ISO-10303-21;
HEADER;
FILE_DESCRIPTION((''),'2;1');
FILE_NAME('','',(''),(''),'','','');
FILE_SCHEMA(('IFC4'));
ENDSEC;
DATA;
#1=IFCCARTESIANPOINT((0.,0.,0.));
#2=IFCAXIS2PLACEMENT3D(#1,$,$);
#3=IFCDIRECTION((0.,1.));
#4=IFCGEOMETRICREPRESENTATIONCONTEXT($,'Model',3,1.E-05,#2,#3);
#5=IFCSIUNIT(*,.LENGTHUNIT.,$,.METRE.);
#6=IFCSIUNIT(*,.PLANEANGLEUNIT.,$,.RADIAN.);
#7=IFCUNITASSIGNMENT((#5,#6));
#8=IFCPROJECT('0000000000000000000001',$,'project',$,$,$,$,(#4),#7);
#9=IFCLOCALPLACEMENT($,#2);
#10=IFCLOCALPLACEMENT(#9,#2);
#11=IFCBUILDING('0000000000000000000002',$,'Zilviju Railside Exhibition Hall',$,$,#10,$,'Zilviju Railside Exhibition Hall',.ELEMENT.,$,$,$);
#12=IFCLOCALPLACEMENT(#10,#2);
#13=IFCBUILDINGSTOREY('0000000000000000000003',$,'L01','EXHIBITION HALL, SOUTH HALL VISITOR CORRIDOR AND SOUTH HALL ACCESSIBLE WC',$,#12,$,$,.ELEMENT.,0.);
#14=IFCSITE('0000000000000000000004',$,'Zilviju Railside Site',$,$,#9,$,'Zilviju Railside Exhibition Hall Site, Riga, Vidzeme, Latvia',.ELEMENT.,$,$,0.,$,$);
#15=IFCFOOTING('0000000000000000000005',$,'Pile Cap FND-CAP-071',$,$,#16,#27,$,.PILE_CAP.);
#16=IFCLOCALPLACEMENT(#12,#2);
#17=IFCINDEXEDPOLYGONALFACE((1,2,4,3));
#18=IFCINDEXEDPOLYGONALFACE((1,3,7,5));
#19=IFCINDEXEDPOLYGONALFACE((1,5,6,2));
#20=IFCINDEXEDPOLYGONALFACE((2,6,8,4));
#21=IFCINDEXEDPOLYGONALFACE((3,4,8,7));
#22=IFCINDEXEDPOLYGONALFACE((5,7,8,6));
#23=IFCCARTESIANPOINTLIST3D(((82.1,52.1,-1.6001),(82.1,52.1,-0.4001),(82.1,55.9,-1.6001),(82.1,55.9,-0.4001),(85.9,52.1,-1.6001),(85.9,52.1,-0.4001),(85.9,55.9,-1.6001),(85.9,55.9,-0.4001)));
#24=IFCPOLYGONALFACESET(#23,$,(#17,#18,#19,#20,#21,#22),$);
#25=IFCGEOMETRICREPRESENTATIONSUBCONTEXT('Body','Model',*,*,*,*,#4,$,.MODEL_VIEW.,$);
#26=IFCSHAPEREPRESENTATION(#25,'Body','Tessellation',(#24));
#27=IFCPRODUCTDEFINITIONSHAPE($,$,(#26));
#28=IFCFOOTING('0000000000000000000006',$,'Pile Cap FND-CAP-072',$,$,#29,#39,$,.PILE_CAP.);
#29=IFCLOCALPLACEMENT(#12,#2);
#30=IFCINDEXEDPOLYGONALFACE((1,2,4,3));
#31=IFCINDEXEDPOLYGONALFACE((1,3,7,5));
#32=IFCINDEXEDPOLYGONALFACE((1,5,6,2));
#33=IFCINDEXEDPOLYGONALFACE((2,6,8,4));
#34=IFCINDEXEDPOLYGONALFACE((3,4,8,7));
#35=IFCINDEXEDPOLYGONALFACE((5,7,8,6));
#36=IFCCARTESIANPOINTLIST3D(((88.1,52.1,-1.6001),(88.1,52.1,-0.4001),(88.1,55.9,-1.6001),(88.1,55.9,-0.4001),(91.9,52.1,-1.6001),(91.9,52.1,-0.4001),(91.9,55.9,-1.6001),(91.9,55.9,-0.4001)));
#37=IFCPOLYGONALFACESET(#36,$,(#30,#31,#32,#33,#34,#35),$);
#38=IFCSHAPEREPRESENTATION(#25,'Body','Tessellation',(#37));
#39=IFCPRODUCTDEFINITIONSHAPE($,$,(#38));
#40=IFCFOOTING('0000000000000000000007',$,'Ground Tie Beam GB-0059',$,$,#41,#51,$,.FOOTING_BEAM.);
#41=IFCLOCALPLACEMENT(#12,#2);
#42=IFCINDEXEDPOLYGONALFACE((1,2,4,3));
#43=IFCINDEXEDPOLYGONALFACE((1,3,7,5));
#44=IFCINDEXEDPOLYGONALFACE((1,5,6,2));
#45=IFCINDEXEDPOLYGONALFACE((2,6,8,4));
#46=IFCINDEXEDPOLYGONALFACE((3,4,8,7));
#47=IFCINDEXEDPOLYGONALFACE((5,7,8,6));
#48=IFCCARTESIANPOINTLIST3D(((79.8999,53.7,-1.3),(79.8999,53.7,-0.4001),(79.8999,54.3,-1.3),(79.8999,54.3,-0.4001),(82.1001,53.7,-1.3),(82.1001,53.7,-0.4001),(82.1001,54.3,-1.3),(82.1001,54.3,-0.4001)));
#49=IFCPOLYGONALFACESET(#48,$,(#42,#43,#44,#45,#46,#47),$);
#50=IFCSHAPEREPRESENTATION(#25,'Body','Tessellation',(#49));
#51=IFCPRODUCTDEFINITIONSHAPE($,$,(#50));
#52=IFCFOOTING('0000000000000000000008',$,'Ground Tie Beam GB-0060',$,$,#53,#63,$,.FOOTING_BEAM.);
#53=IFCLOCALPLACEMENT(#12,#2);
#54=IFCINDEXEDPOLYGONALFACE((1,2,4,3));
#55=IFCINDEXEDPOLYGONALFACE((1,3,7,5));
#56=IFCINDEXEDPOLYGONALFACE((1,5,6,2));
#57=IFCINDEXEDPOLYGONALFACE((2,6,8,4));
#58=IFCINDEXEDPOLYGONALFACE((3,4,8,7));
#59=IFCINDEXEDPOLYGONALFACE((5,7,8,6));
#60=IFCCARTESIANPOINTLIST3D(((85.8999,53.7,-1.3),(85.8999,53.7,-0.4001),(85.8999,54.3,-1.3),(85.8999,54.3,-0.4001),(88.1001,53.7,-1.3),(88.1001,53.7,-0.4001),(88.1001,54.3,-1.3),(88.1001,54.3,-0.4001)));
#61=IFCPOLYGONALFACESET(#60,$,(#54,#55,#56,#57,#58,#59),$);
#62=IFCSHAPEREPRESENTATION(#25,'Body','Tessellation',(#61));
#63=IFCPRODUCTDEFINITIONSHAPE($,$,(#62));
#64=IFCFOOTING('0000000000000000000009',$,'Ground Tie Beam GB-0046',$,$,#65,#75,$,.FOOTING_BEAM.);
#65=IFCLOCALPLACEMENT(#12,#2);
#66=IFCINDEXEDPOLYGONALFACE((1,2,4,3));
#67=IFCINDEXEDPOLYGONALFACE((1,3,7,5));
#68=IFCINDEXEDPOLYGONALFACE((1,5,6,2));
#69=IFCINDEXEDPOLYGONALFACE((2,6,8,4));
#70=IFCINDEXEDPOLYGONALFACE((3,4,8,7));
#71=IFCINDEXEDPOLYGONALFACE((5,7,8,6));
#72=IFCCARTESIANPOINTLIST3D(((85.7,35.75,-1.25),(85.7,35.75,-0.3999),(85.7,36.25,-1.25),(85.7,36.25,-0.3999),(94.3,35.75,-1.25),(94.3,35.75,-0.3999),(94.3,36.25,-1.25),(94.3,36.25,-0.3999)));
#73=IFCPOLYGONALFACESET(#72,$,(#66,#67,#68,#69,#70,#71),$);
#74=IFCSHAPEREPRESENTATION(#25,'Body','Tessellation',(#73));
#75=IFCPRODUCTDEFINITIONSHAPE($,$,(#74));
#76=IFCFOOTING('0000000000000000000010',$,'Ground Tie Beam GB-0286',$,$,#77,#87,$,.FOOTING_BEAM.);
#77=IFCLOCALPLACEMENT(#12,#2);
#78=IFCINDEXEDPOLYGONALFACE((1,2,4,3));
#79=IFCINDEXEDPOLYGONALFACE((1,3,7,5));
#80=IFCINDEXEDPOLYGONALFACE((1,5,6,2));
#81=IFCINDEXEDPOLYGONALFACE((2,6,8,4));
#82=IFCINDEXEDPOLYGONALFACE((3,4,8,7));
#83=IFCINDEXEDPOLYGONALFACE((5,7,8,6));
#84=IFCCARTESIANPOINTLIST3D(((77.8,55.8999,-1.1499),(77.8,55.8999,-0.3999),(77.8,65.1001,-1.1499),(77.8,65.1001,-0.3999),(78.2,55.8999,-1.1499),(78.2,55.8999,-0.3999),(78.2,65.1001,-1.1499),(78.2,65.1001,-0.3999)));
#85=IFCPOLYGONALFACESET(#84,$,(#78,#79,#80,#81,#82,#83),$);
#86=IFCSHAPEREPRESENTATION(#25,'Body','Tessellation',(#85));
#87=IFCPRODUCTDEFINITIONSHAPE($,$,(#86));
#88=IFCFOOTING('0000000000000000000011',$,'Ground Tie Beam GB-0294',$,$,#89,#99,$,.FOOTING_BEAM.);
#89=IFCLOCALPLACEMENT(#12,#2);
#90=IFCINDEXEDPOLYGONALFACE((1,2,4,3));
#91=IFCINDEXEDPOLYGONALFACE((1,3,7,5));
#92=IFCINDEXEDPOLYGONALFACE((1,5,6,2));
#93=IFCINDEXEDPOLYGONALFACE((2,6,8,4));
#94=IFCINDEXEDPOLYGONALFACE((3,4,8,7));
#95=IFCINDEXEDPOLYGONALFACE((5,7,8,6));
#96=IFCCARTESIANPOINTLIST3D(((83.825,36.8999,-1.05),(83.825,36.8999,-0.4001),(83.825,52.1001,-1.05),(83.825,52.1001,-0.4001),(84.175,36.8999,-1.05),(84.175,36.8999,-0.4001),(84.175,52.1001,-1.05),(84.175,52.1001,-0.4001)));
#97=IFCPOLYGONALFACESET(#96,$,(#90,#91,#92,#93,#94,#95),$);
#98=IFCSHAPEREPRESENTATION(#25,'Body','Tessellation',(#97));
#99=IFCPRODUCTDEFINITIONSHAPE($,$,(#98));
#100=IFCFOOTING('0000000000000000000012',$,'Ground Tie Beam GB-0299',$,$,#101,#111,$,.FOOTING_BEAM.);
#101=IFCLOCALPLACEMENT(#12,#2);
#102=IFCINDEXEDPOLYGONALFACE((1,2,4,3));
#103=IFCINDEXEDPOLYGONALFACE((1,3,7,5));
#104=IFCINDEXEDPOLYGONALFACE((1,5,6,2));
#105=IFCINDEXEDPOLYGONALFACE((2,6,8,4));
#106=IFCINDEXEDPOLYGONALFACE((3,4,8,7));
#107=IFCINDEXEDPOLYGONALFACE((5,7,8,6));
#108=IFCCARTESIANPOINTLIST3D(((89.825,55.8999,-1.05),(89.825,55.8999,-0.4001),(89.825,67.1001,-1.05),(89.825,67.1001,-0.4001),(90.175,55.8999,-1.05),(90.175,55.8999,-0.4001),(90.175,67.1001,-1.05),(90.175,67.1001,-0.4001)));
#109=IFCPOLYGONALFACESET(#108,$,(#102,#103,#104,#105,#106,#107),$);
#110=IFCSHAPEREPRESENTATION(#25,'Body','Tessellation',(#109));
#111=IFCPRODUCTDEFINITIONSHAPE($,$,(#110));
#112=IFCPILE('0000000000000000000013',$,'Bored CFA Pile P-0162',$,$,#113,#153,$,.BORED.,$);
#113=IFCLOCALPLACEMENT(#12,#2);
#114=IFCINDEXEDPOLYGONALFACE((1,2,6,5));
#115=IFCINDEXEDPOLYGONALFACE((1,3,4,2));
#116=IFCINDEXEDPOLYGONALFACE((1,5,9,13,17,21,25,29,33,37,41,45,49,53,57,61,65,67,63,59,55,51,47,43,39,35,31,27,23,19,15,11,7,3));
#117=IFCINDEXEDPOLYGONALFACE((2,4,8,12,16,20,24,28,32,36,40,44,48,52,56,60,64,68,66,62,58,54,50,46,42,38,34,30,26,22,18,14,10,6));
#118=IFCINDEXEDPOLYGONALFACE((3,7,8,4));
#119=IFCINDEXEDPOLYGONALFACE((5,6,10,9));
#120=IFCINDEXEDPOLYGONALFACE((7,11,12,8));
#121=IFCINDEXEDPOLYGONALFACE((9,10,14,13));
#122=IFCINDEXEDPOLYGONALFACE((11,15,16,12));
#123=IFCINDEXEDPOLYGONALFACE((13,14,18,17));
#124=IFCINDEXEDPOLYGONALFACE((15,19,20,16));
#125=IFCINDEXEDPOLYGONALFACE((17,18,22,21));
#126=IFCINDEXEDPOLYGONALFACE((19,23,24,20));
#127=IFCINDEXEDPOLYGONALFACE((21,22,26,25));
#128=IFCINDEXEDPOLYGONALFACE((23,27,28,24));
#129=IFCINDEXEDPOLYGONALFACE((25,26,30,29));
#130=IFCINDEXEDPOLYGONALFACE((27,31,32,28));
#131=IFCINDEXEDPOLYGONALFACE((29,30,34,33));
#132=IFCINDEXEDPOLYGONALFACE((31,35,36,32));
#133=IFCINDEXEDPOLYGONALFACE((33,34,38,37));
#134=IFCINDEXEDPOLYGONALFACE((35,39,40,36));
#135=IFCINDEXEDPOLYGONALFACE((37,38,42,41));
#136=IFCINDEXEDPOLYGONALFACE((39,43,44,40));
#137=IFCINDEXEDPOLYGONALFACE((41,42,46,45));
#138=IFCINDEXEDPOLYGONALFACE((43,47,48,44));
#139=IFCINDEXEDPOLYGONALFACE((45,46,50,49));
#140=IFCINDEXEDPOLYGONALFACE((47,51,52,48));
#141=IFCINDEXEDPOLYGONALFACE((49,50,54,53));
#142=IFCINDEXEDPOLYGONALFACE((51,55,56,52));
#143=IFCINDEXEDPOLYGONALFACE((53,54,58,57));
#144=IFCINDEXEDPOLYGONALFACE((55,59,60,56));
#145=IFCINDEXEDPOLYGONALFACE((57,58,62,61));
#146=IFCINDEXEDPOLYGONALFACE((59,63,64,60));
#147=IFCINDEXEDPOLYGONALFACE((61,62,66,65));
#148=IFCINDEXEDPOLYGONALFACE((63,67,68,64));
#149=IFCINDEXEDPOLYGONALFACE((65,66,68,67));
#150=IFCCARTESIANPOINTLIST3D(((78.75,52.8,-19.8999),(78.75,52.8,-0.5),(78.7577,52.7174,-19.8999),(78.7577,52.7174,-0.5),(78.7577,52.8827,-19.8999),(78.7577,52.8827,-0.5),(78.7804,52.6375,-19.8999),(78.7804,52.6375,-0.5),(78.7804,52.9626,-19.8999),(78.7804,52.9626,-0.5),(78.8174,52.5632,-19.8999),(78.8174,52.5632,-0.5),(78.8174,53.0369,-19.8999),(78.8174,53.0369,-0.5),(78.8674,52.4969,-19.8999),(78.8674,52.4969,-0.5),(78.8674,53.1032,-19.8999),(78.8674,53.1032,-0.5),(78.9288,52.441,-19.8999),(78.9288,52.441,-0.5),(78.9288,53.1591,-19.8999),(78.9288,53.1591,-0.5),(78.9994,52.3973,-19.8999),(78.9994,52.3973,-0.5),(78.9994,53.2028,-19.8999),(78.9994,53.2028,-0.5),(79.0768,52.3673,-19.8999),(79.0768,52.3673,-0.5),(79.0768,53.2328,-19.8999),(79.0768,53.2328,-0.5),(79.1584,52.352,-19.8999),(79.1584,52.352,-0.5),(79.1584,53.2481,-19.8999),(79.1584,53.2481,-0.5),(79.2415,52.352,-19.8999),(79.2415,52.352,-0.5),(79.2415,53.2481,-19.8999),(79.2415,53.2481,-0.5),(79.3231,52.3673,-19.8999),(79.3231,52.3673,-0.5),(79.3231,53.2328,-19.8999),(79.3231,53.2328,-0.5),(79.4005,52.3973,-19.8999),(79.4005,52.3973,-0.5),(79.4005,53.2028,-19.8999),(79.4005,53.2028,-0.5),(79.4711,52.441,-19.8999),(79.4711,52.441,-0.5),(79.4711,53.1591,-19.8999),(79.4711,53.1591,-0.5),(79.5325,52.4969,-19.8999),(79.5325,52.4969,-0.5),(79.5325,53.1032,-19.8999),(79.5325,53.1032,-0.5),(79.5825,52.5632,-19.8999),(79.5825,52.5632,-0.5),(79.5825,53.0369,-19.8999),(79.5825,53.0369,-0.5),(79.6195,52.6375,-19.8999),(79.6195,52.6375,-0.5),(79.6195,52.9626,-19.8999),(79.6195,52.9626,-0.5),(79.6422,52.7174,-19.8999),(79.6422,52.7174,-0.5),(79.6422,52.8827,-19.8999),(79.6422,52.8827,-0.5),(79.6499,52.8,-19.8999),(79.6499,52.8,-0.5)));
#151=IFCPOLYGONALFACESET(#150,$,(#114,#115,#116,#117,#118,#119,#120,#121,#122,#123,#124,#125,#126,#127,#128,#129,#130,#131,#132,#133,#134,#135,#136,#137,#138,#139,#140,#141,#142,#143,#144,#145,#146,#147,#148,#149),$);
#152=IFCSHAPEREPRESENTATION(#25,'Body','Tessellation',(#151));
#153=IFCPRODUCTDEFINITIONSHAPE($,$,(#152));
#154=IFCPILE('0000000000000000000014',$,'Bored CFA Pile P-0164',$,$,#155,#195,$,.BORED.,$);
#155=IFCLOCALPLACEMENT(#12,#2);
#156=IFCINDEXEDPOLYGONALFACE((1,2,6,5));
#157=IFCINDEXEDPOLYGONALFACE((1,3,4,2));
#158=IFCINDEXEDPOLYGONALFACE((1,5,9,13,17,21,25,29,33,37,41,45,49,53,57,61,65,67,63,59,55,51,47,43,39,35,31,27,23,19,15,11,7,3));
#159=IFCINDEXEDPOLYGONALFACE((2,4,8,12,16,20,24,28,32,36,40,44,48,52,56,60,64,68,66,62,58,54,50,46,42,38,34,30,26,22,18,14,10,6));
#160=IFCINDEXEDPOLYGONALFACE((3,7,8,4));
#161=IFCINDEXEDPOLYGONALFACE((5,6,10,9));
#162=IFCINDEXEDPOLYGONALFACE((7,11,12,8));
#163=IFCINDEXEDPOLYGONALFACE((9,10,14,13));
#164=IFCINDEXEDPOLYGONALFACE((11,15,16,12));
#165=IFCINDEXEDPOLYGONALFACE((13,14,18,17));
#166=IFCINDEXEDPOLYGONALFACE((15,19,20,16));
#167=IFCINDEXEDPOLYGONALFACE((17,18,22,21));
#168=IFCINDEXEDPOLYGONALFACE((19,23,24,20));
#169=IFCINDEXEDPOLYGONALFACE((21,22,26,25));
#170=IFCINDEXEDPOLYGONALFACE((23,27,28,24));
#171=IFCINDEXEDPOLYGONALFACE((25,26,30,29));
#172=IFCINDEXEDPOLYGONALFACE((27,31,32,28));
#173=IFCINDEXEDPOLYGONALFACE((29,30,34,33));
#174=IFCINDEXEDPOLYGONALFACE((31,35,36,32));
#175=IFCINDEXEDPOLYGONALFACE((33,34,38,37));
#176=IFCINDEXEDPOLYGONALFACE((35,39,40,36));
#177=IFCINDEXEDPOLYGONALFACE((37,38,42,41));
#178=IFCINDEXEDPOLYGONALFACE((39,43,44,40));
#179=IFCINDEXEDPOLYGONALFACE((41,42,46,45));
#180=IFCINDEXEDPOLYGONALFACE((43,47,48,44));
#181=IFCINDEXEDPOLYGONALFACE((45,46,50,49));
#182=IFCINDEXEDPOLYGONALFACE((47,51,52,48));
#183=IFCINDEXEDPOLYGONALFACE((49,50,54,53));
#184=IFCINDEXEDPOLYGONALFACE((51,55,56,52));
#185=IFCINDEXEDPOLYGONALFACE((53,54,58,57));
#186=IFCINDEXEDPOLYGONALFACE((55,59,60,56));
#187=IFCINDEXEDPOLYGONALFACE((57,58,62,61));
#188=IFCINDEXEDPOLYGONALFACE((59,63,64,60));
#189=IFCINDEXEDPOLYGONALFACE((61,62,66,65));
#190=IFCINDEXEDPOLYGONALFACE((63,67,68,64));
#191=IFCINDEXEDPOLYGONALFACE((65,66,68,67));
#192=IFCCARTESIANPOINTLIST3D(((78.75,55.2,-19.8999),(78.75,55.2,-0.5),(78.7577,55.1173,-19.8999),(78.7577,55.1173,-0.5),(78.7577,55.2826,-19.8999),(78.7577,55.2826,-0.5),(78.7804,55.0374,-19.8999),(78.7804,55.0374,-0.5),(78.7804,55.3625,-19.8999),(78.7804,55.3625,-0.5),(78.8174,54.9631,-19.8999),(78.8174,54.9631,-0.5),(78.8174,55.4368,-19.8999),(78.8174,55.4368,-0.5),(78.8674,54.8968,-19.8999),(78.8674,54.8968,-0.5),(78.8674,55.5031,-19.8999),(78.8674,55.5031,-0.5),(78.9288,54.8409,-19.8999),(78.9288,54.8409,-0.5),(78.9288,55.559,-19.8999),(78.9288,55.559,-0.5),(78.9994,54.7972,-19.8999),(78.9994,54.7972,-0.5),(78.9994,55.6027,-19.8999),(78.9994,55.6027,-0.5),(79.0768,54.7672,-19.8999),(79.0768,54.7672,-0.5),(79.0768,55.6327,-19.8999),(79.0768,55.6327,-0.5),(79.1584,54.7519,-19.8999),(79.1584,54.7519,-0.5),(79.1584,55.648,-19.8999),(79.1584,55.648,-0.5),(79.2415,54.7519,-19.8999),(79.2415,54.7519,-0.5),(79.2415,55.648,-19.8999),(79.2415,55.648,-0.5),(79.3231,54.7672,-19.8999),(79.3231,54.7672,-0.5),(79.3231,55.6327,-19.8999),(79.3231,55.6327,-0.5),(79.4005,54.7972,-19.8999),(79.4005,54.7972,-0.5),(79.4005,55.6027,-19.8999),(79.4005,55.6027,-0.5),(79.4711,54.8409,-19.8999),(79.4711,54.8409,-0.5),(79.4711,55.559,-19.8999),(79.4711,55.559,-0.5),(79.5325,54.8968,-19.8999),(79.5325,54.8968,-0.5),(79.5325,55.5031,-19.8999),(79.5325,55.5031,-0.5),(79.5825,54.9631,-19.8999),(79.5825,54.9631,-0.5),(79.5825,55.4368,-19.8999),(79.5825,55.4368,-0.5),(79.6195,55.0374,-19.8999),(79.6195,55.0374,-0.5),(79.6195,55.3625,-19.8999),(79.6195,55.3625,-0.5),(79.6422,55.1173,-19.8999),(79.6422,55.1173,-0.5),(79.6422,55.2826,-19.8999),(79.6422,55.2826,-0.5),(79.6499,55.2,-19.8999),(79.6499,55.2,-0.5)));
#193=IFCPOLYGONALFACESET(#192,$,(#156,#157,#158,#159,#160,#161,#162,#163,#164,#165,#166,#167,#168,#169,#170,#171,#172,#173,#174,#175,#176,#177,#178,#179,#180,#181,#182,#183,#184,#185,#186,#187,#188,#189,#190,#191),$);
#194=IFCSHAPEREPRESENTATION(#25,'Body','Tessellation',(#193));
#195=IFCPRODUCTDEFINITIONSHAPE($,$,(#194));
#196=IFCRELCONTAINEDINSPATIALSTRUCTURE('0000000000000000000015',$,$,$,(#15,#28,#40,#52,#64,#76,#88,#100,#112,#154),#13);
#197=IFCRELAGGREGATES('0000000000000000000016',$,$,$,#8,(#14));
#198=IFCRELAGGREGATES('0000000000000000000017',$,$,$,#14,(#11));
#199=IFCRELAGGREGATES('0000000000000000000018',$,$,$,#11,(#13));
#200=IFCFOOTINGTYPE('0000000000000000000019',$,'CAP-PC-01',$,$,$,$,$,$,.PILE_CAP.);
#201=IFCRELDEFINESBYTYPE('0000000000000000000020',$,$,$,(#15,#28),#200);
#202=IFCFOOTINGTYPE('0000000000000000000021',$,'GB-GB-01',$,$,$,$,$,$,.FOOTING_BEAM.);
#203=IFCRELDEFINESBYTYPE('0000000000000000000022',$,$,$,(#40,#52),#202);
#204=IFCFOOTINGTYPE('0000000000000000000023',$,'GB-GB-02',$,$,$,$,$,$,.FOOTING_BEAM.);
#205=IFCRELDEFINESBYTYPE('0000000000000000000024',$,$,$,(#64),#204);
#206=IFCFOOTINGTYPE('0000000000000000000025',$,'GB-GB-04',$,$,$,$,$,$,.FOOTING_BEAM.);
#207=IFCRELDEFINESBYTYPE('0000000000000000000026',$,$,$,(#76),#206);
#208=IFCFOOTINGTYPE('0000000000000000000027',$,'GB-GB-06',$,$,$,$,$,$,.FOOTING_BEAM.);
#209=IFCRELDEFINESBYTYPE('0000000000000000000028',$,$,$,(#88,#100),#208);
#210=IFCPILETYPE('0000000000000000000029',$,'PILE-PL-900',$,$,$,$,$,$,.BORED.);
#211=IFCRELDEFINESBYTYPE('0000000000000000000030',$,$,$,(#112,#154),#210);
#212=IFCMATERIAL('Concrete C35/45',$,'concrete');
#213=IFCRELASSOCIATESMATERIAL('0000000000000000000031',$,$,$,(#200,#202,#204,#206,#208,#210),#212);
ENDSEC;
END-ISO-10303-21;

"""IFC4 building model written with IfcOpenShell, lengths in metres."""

from ifc_helpers import new_model, si_unit, direction, frame, origin, origin_2d, place, context, subcontext, project, spatial, rectangle, circle, extrude, material, material_profile, profile_set, type_object, element, save


model = new_model("IFC4")

# Units and contexts
model_context = context("Model", 3, precision=1e-05, world=origin(), true_north=direction((0.0, 1.0)))
body_context = subcontext(model_context, "Body", "Model", "MODEL_VIEW")
ifc_project = project(units=[si_unit("LENGTHUNIT", "METRE"), si_unit("PLANEANGLEUNIT", "RADIAN")], contexts=[model_context])

# Site, building, storey
site_placement = place(None, origin())
site = spatial("IfcSite", under=ifc_project, at=site_placement, Name="Zilviju Railside Site", LongName="Zilviju Railside Exhibition Hall Site, Riga, Vidzeme, Latvia", CompositionType="ELEMENT", RefElevation=0.0)
building_placement = place(site_placement, origin())
building = spatial("IfcBuilding", under=site, at=building_placement, Name="Zilviju Railside Exhibition Hall", LongName="Zilviju Railside Exhibition Hall", CompositionType="ELEMENT")
storey_placement = place(building_placement, origin())
storey = spatial("IfcBuildingStorey", under=building, at=storey_placement, Name="L01", Description="EXHIBITION HALL, SOUTH HALL VISITOR CORRIDOR AND SOUTH HALL ACCESSIBLE WC", CompositionType="ELEMENT", Elevation=0.0)

# Footings
ifc_material_1 = material(Name="Concrete C35/45", Category="concrete")
footing_type_1 = type_object("IfcFootingType", Name="CAP-PC-01", PredefinedType="PILE_CAP", material=ifc_material_1)
for number, where, z_axis, x_axis, name in (
    (1, (84.0, 54.0, -1.6001), (0.0, 0.0, 1.0), (1.0, 0.0, 0.0), "Pile Cap FND-CAP-071"),
    (2, (90.0, 54.0, -1.6001), (0.0, 0.0, 1.0), (1.0, 0.0, 0.0), "Pile Cap FND-CAP-072"),
):
    element("IfcFooting", number, at=place(storey_placement, frame(where, z_axis=z_axis, x_axis=x_axis)), inside=storey, type_object=footing_type_1, Name=name, PredefinedType="PILE_CAP", context=body_context, shape_type="SweptSolid", body=[
        extrude(rectangle(XDim=3.8, YDim=3.8, at=origin_2d()), origin(), (0.0, 0.0, 1.0), 1.2),
    ])
ifc_material_profile_1 = material_profile(ifc_material_1, rectangle(XDim=0.6001, YDim=0.8999, at=origin_2d()), Name="TIE BEAM 600x900")
ifc_profile_set_1 = profile_set([ifc_material_profile_1], Name="Concrete C35/45")
footing_type_2 = type_object("IfcFootingType", Name="GB-GB-01", PredefinedType="FOOTING_BEAM", material=ifc_profile_set_1)
for number, where, z_axis, x_axis, name in (
    (3, (79.8999, 54.0, -0.8501), (1.0, 0.0, 0.0), (0.0, 1.0, 0.0), "Ground Tie Beam GB-0059"),
    (4, (85.8999, 54.0, -0.8501), (1.0, 0.0, 0.0), (0.0, 1.0, 0.0), "Ground Tie Beam GB-0060"),
):
    element("IfcFooting", number, at=place(storey_placement, frame(where, z_axis=z_axis, x_axis=x_axis)), inside=storey, type_object=footing_type_2, Name=name, PredefinedType="FOOTING_BEAM", context=body_context, shape_type="SweptSolid", body=[
        extrude(rectangle(XDim=0.6001, YDim=0.8999, at=origin_2d()), origin(), (0.0, 0.0, 1.0), 2.2002),
    ])
ifc_material_profile_2 = material_profile(ifc_material_1, rectangle(XDim=0.5, YDim=0.8501, at=origin_2d()), Name="TIE BEAM 500x850")
ifc_profile_set_2 = profile_set([ifc_material_profile_2], Name="Concrete C35/45")
footing_type_3 = type_object("IfcFootingType", Name="GB-GB-02", PredefinedType="FOOTING_BEAM", material=ifc_profile_set_2)
footing_1_placement = place(storey_placement, frame((85.7, 36.0, -0.825), z_axis=(1.0, 0.0, 0.0), x_axis=(0.0, 1.0, 0.0)))
element("IfcFooting", 5, at=footing_1_placement, inside=storey, type_object=footing_type_3, Name="Ground Tie Beam GB-0046", PredefinedType="FOOTING_BEAM", context=body_context, shape_type="SweptSolid", body=[
    extrude(rectangle(XDim=0.5, YDim=0.8501, at=origin_2d()), origin(), (0.0, 0.0, 1.0), 8.6001),
])
ifc_material_profile_3 = material_profile(ifc_material_1, rectangle(XDim=0.3999, YDim=0.75, at=origin_2d()), Name="TIE BEAM 400x750")
ifc_profile_set_3 = profile_set([ifc_material_profile_3], Name="Concrete C35/45")
footing_type_4 = type_object("IfcFootingType", Name="GB-GB-04", PredefinedType="FOOTING_BEAM", material=ifc_profile_set_3)
footing_2_placement = place(storey_placement, frame((78.0, 55.8999, -0.7749), z_axis=(0.0, 1.0, 0.0), x_axis=(-1.0, 0.0, 0.0)))
element("IfcFooting", 6, at=footing_2_placement, inside=storey, type_object=footing_type_4, Name="Ground Tie Beam GB-0286", PredefinedType="FOOTING_BEAM", context=body_context, shape_type="SweptSolid", body=[
    extrude(rectangle(XDim=0.3999, YDim=0.75, at=origin_2d()), origin(), (0.0, 0.0, 1.0), 9.2002),
])
ifc_material_profile_4 = material_profile(ifc_material_1, rectangle(XDim=0.3501, YDim=0.6499, at=origin_2d()), Name="TIE BEAM 350x650")
ifc_profile_set_4 = profile_set([ifc_material_profile_4], Name="Concrete C35/45")
footing_type_5 = type_object("IfcFootingType", Name="GB-GB-06", PredefinedType="FOOTING_BEAM", material=ifc_profile_set_4)
footing_3_placement = place(storey_placement, frame((84.0, 36.8999, -0.7251), z_axis=(0.0, 1.0, 0.0), x_axis=(-1.0, 0.0, 0.0)))
element("IfcFooting", 7, at=footing_3_placement, inside=storey, type_object=footing_type_5, Name="Ground Tie Beam GB-0294", PredefinedType="FOOTING_BEAM", context=body_context, shape_type="SweptSolid", body=[
    extrude(rectangle(XDim=0.3501, YDim=0.6499, at=origin_2d()), origin(), (0.0, 0.0, 1.0), 15.2002),
])
footing_4_placement = place(storey_placement, frame((90.0, 55.8999, -0.7251), z_axis=(0.0, 1.0, 0.0), x_axis=(-1.0, 0.0, 0.0)))
element("IfcFooting", 8, at=footing_4_placement, inside=storey, type_object=footing_type_5, Name="Ground Tie Beam GB-0299", PredefinedType="FOOTING_BEAM", context=body_context, shape_type="SweptSolid", body=[
    extrude(rectangle(XDim=0.3501, YDim=0.6499, at=origin_2d()), origin(), (0.0, 0.0, 1.0), 11.2002),
])

# Piles
ifc_material_profile_5 = material_profile(ifc_material_1, circle(Radius=0.45, at=origin_2d()), Name="CFA PILE D900")
ifc_profile_set_5 = profile_set([ifc_material_profile_5], Name="Concrete C35/45")
pile_type = type_object("IfcPileType", Name="PILE-PL-900", PredefinedType="BORED", material=ifc_profile_set_5)
for number, where, z_axis, x_axis, name in (
    (9, (79.2, 52.8, -0.5), (0.0, 0.0, -1.0), (1.0, 0.0, 0.0), "Bored CFA Pile P-0162"),
    (10, (79.2, 55.2, -0.5), (0.0, 0.0, -1.0), (1.0, 0.0, 0.0), "Bored CFA Pile P-0164"),
):
    element("IfcPile", number, at=place(storey_placement, frame(where, z_axis=z_axis, x_axis=x_axis)), inside=storey, type_object=pile_type, Name=name, PredefinedType="BORED", context=body_context, shape_type="SweptSolid", body=[
        extrude(circle(Radius=0.45, at=origin_2d()), origin(), (0.0, 0.0, 1.0), 19.3999),
    ])

save(model, "model.ifc")
